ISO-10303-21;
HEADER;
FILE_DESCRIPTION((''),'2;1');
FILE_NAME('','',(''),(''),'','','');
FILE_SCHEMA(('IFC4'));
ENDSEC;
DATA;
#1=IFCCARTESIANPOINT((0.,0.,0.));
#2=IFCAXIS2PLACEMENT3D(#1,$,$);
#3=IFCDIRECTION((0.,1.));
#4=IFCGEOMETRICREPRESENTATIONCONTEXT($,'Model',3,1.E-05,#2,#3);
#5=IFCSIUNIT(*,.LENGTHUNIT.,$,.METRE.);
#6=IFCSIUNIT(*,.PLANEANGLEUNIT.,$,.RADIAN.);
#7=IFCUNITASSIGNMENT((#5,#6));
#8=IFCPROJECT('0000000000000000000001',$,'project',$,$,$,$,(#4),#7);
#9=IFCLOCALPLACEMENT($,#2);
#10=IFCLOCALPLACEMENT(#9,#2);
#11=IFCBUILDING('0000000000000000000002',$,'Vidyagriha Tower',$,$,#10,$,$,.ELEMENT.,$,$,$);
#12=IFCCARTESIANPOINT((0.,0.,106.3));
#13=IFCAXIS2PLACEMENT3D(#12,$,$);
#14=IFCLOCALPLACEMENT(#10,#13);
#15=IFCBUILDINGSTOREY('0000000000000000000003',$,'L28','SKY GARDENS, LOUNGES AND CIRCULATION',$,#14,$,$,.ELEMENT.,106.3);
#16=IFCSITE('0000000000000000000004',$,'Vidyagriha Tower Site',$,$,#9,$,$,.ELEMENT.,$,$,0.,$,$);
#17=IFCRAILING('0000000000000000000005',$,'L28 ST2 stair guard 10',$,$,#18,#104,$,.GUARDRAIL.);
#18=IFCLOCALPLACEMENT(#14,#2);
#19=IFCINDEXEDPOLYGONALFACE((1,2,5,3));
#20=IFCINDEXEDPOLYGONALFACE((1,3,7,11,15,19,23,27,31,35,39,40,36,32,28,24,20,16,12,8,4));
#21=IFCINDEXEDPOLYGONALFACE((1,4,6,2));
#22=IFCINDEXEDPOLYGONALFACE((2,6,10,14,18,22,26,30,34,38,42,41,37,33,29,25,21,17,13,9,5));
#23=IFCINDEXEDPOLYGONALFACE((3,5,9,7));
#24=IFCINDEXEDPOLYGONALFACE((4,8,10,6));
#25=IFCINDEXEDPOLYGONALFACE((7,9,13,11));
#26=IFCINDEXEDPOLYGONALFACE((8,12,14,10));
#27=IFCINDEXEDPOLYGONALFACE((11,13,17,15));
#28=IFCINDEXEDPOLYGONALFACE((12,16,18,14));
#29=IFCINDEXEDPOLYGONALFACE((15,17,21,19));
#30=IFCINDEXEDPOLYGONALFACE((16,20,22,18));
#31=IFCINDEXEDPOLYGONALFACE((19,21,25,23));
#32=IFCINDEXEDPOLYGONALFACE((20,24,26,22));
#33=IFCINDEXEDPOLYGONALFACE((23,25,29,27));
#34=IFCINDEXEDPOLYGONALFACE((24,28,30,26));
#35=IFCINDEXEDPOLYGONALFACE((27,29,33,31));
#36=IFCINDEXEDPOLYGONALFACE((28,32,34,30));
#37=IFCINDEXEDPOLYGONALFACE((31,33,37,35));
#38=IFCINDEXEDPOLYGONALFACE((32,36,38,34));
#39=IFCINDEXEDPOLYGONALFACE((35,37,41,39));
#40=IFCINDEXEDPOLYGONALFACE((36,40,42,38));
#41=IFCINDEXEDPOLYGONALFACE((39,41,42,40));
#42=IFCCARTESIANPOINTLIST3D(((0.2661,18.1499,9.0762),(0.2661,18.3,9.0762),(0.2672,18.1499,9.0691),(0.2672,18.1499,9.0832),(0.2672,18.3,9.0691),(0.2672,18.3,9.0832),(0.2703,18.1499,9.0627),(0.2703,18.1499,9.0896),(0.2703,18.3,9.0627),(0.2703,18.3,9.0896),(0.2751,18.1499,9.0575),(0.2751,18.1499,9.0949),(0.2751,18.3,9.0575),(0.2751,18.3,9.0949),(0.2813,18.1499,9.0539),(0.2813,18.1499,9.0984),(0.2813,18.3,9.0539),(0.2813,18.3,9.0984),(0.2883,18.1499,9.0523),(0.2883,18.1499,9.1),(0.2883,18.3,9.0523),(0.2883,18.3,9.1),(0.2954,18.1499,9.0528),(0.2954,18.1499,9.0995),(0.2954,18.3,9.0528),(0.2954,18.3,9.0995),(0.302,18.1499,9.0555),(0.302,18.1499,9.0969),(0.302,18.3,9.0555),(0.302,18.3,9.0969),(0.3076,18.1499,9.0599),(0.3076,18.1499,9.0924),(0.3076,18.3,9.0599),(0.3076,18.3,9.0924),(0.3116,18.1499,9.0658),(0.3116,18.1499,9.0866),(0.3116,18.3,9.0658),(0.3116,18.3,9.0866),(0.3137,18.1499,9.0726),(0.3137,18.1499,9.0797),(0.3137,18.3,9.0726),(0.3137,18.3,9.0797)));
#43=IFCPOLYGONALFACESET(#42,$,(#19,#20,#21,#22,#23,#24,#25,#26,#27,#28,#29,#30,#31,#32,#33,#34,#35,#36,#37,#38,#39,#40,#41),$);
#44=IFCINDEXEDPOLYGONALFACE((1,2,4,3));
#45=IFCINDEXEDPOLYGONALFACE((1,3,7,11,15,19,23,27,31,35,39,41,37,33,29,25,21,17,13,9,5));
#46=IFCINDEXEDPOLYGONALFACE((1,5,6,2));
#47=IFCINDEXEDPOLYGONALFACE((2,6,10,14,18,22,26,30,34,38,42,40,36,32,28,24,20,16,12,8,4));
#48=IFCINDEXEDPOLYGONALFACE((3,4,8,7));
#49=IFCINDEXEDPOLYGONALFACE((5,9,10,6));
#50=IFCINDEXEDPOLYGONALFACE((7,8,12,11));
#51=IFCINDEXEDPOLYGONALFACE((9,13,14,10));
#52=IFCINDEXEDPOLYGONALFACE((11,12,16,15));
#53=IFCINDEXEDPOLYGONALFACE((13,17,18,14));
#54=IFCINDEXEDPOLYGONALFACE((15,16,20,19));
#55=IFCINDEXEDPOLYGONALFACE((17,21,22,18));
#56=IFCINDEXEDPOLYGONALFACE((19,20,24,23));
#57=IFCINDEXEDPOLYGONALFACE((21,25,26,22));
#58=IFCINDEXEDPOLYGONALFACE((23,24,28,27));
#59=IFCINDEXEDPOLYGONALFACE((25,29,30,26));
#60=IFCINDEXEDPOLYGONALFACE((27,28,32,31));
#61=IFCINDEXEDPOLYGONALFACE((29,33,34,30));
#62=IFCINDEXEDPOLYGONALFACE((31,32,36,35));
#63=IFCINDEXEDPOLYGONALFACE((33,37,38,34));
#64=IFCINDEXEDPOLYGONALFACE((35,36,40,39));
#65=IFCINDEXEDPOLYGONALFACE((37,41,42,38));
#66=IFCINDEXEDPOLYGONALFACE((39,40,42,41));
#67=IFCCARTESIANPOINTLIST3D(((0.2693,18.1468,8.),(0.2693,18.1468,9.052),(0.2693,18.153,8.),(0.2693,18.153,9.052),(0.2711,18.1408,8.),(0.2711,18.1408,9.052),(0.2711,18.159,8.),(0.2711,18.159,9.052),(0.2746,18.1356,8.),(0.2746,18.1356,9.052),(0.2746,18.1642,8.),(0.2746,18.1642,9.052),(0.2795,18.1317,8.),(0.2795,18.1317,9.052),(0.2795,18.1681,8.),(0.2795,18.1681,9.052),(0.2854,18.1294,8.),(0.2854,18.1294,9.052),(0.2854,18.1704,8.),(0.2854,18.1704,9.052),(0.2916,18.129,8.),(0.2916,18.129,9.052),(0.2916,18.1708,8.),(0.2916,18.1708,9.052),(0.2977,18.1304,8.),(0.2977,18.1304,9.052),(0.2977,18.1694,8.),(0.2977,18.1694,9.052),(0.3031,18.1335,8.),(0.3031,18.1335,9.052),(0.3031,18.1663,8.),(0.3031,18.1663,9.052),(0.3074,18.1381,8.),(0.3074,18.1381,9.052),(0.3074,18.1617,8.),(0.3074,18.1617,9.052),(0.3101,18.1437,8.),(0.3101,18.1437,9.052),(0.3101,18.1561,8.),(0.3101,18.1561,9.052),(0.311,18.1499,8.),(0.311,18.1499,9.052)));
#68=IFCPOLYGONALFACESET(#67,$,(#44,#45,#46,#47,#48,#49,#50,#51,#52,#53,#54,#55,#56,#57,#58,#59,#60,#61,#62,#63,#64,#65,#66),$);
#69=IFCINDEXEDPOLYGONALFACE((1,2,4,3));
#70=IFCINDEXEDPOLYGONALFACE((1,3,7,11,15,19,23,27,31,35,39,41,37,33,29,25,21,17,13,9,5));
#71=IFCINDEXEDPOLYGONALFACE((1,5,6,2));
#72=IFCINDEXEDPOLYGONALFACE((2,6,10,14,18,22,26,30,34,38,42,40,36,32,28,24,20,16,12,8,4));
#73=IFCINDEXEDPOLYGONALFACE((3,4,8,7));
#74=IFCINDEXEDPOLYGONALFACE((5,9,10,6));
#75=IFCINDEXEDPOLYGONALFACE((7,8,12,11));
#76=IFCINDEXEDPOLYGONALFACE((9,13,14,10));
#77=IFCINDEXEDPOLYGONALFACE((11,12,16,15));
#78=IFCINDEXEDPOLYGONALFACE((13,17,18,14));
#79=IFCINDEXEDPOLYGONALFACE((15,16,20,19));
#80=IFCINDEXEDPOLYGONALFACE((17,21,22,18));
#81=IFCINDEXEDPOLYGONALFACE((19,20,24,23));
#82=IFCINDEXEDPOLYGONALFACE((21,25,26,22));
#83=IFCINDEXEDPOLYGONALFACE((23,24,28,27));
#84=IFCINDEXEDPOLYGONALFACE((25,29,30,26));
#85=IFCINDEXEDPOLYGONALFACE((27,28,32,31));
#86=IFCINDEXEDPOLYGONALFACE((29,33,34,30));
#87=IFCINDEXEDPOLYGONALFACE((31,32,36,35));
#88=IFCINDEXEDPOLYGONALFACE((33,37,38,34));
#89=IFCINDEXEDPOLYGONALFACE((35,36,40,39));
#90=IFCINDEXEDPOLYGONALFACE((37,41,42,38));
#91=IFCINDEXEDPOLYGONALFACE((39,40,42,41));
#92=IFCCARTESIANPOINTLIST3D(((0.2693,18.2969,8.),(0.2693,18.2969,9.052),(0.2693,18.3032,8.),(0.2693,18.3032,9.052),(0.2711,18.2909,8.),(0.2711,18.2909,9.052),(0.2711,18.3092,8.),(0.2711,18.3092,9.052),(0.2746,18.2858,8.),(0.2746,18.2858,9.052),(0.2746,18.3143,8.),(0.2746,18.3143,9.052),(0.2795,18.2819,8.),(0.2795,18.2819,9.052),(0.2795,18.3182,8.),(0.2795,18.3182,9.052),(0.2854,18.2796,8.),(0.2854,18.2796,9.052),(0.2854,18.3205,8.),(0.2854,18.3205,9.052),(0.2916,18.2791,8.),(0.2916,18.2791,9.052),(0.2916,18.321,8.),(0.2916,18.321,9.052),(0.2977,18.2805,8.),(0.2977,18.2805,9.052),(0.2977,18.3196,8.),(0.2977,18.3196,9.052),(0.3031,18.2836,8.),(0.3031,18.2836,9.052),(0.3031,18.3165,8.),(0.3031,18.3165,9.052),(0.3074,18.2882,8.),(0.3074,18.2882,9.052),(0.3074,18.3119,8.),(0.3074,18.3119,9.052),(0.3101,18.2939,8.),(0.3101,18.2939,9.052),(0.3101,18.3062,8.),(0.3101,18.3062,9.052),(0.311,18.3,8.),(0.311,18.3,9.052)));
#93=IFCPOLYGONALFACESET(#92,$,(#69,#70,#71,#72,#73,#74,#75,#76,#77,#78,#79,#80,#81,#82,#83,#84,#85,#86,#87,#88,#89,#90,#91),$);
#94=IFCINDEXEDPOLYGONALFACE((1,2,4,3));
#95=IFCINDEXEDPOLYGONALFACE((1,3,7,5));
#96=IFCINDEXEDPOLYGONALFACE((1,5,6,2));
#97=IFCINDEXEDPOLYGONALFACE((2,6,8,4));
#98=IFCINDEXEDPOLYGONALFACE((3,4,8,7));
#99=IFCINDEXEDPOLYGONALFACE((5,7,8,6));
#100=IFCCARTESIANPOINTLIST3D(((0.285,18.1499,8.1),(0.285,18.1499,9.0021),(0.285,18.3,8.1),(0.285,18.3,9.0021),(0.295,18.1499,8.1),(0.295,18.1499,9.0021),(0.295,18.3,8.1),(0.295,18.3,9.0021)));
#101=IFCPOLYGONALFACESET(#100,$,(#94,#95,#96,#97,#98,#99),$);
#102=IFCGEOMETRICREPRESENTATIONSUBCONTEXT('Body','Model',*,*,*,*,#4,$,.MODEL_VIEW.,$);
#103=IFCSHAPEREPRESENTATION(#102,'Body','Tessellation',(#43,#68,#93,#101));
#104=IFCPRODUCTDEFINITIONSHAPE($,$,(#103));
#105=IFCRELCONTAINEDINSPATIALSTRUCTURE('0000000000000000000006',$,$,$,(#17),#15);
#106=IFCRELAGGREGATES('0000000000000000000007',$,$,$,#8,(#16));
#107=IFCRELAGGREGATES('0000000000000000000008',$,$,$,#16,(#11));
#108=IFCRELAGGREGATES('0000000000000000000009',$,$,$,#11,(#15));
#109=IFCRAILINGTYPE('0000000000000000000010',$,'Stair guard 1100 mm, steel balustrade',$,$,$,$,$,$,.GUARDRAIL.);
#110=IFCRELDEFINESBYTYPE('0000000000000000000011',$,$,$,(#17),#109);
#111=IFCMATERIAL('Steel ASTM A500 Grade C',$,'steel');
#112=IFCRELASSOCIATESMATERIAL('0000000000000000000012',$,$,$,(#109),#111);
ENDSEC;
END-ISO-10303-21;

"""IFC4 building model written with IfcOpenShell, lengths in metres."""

from ifc_helpers import new_model, si_unit, direction, frame, origin, origin_2d, place, context, subcontext, project, spatial, rectangle, circle, extrude, material, type_object, element, save


model = new_model("IFC4")

# Units and contexts
model_context = context("Model", 3, precision=1e-05, world=origin(), true_north=direction((0.0, 1.0)))
body_context = subcontext(model_context, "Body", "Model", "MODEL_VIEW")
ifc_project = project(units=[si_unit("LENGTHUNIT", "METRE"), si_unit("PLANEANGLEUNIT", "RADIAN")], contexts=[model_context])

# Site, building, storey
site_placement = place(None, origin())
site = spatial("IfcSite", under=ifc_project, at=site_placement, Name="Vidyagriha Tower Site", CompositionType="ELEMENT", RefElevation=0.0)
building_placement = place(site_placement, origin())
building = spatial("IfcBuilding", under=site, at=building_placement, Name="Vidyagriha Tower", CompositionType="ELEMENT")
storey_placement = place(building_placement, frame((0.0, 0.0, 106.3)))
storey = spatial("IfcBuildingStorey", under=building, at=storey_placement, Name="L28", Description="SKY GARDENS, LOUNGES AND CIRCULATION", CompositionType="ELEMENT", Elevation=106.3)

# Railing
ifc_material_1 = material(Name="Steel ASTM A500 Grade C", Category="steel")
railing_type_1 = type_object("IfcRailingType", Name="Stair guard 1100 mm, steel balustrade", PredefinedType="GUARDRAIL", material=ifc_material_1)
railing_1_placement = place(storey_placement, frame((0.29, 18.1499, 8.0)))
element("IfcRailing", 1, at=railing_1_placement, inside=storey, type_object=railing_type_1, Name="L28 ST2 stair guard 10", PredefinedType="GUARDRAIL", context=body_context, shape_type="SweptSolid", body=[
    extrude(circle(Radius=0.0239, at=origin_2d()), frame((0.0, 0.0, 1.0762), z_axis=(0.0, 1.0, 0.0), x_axis=(-1.0, 0.0, 0.0)), (0.0, 0.0, 1.0), 0.1501),
    extrude(circle(Radius=0.021, at=origin_2d()), origin(), (0.0, 0.0, 1.0), 1.052),
    extrude(circle(Radius=0.021, at=origin_2d()), frame((0.0, 0.1501, 0.0)), (0.0, 0.0, 1.0), 1.052),
    extrude(rectangle(XDim=0.01, YDim=0.9021, at=origin_2d()), frame((0.0, 0.0, 0.551), z_axis=(0.0, 1.0, 0.0), x_axis=(-1.0, 0.0, 0.0)), (0.0, 0.0, 1.0), 0.1501),
])

save(model, "model.ifc")
